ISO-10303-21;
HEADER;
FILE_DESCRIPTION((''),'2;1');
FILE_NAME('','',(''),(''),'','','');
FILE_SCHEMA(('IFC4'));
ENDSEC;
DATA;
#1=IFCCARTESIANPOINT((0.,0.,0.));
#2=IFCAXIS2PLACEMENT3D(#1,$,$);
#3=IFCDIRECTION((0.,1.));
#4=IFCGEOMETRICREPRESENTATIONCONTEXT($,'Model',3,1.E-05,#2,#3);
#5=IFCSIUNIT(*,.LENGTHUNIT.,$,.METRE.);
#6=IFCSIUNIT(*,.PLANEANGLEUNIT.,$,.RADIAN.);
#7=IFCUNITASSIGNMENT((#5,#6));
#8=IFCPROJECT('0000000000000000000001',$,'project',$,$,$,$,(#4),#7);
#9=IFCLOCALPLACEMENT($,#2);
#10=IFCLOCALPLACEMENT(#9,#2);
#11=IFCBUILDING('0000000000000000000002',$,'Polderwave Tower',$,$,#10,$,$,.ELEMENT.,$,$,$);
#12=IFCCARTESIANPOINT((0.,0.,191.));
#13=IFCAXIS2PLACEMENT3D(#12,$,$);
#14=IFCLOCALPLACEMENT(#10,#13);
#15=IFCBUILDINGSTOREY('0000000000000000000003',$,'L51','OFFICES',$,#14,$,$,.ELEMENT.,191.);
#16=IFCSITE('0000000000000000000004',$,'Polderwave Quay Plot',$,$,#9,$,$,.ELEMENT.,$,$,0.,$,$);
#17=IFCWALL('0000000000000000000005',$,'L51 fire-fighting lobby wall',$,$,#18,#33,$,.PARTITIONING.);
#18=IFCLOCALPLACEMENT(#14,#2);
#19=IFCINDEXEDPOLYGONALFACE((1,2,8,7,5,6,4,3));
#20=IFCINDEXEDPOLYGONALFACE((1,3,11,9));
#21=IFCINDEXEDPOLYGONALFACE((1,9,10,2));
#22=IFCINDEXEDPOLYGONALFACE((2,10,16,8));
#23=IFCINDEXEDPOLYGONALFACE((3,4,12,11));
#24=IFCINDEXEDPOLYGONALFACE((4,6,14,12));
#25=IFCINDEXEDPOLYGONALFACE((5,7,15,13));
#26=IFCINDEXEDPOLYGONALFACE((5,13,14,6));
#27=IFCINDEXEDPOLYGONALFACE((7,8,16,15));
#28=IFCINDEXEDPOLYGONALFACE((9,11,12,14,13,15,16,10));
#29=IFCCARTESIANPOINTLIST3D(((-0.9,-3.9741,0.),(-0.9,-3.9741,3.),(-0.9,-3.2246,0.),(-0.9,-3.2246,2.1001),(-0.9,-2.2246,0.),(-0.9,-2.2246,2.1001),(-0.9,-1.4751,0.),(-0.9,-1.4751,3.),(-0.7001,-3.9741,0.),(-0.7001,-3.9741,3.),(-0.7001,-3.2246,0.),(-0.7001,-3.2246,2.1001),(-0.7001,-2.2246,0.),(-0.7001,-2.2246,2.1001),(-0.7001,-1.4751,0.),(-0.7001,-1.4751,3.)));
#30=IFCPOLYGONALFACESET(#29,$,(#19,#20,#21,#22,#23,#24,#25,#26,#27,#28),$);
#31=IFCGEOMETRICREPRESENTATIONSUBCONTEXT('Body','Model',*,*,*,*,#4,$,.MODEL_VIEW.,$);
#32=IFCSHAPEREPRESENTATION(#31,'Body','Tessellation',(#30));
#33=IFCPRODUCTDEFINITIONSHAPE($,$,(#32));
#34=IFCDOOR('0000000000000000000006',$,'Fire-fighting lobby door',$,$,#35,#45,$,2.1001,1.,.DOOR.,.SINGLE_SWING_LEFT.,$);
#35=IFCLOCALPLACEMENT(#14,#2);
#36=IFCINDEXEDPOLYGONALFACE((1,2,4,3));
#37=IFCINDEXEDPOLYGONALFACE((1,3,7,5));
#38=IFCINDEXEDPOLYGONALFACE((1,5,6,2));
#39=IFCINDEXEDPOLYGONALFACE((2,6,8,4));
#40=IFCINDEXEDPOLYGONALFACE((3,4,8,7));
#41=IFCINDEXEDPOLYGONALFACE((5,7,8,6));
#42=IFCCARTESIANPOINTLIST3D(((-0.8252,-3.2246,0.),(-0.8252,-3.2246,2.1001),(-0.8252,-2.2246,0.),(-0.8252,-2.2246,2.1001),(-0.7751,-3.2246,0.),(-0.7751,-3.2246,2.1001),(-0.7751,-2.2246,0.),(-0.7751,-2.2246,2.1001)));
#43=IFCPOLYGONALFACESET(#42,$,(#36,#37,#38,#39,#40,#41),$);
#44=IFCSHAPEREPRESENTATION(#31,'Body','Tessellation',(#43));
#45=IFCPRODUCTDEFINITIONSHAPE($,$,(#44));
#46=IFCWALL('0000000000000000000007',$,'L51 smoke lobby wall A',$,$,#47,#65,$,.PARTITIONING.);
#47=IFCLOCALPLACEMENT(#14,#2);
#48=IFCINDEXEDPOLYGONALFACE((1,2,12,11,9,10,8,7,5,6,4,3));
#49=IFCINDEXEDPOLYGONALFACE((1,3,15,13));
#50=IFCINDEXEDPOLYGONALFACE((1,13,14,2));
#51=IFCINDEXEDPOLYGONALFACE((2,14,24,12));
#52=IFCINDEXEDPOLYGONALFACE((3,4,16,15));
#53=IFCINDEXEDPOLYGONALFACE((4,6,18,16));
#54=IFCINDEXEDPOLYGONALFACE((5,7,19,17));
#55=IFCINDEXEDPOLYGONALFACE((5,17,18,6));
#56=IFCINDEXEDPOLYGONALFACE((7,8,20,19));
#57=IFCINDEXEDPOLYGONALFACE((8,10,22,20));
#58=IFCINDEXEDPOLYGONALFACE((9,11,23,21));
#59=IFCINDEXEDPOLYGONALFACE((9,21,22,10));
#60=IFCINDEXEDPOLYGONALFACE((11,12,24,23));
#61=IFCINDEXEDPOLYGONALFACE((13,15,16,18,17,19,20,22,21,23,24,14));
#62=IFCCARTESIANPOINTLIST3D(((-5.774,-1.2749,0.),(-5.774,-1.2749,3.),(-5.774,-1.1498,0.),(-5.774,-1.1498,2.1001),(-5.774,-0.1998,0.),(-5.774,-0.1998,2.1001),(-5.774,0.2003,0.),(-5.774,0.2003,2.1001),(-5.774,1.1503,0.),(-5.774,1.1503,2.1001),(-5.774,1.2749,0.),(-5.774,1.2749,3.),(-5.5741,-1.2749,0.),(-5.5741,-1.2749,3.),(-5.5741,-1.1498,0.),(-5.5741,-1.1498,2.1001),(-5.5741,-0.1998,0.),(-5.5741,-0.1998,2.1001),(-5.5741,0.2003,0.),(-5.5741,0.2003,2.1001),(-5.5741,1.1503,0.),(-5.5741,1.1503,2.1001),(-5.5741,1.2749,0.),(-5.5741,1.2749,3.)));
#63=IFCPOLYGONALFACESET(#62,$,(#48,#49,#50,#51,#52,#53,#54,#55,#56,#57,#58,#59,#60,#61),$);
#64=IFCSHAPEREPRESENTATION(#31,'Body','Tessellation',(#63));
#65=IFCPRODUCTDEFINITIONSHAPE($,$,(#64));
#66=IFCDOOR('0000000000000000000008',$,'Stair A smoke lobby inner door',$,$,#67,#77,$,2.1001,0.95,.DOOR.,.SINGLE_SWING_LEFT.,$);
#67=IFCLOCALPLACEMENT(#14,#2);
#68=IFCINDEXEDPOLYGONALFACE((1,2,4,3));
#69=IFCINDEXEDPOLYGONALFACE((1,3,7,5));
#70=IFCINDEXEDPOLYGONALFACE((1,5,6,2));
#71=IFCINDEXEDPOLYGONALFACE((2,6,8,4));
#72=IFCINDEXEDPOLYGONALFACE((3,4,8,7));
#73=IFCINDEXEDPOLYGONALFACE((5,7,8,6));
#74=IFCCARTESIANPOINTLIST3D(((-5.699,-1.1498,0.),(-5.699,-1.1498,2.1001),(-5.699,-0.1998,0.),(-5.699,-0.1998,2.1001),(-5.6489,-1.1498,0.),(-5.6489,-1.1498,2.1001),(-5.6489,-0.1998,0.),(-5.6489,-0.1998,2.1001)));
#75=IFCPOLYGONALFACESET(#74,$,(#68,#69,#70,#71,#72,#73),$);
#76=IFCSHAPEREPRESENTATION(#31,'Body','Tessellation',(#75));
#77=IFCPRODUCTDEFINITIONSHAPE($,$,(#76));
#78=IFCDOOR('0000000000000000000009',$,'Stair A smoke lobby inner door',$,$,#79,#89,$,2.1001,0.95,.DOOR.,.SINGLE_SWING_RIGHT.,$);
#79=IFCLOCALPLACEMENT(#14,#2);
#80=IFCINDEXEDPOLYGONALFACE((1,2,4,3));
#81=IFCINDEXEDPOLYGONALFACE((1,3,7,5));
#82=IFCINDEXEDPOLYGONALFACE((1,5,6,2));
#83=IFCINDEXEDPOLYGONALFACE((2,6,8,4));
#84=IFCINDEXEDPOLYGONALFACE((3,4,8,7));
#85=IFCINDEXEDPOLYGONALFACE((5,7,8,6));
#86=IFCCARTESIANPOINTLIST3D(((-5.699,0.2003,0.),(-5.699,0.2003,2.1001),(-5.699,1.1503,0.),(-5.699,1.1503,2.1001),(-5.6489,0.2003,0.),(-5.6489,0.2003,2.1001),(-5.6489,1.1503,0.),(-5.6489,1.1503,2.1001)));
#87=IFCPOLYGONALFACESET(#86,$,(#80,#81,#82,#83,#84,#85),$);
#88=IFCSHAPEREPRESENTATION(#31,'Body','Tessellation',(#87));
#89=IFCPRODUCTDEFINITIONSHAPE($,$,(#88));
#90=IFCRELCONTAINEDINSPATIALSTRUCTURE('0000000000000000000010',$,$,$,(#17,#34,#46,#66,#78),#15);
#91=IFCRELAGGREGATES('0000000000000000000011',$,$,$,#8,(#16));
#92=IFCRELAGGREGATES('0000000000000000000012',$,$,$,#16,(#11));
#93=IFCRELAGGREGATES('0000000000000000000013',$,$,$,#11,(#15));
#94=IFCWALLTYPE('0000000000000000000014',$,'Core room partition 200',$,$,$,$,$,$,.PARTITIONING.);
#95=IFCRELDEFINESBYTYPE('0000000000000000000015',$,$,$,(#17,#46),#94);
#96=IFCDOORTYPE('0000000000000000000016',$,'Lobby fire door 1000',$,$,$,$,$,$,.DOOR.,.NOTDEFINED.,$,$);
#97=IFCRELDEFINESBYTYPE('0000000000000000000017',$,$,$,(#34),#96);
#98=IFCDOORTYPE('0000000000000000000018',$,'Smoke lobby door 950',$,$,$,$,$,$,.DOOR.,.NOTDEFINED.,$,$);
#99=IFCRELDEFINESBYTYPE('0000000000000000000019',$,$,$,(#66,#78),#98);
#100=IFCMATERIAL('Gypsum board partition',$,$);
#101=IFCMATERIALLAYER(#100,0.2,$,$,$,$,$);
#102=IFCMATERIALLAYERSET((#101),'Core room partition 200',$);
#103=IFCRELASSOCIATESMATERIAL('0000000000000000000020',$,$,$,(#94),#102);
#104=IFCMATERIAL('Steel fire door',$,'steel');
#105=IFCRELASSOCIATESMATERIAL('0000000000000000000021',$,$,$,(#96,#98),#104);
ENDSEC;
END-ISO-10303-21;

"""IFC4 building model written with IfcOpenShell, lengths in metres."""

from ifc_helpers import new_model, si_unit, direction, frame, frame_2d, origin, place, context, subcontext, project, spatial, rectangle, extrude, material, layer, layer_set, type_object, element, fill, save


model = new_model("IFC4")

# Units and contexts
model_context = context("Model", 3, precision=1e-05, world=origin(), true_north=direction((0.0, 1.0)))
body_context = subcontext(model_context, "Body", "Model", "MODEL_VIEW")
ifc_project = project(units=[si_unit("LENGTHUNIT", "METRE"), si_unit("PLANEANGLEUNIT", "RADIAN")], contexts=[model_context])

# Site, building, storey
site_placement = place(None, origin())
site = spatial("IfcSite", under=ifc_project, at=site_placement, Name="Polderwave Quay Plot", CompositionType="ELEMENT", RefElevation=0.0)
building_placement = place(site_placement, origin())
building = spatial("IfcBuilding", under=site, at=building_placement, Name="Polderwave Tower", CompositionType="ELEMENT")
storey_placement = place(building_placement, frame((0.0, 0.0, 191.0)))
storey = spatial("IfcBuildingStorey", under=building, at=storey_placement, Name="L51", Description="OFFICES", CompositionType="ELEMENT", Elevation=191.0)

# Wall, opening, door
ifc_material_1 = material(Name="Gypsum board partition")
ifc_layer_1 = layer(ifc_material_1, 0.2)
ifc_layer_set_1 = layer_set([ifc_layer_1], Name="Core room partition 200")
wall_type_1 = type_object("IfcWallType", Name="Core room partition 200", PredefinedType="PARTITIONING", material=ifc_layer_set_1)
wall_1_placement = place(storey_placement, frame((-0.8, -3.9741, 0.0), z_axis=(0.0, 0.0, 1.0), x_axis=(0.0, 1.0, 0.0)))
wall_1 = element("IfcWall", 1, at=wall_1_placement, inside=storey, type_object=wall_type_1, Name="L51 fire-fighting lobby wall", PredefinedType="PARTITIONING", context=body_context, shape_type="SweptSolid", body=[
    extrude(rectangle(XDim=2.499, YDim=0.2, at=frame_2d((1.2495, 0.0))), origin(), (0.0, 0.0, 1.0), 3.0),
])
opening_1_placement = place(wall_1_placement, frame((0.7495, 0.0, 0.0)))
opening_1 = element("IfcOpeningElement", 2, at=opening_1_placement, cuts=wall_1, PredefinedType="OPENING", context=body_context, shape_type="SweptSolid", body=[
    extrude(rectangle(XDim=1.0, YDim=2.1001, at=frame_2d((0.5, 1.05))), frame((0.0, 0.1099, 0.0), z_axis=(0.0, -1.0, 0.0), x_axis=(1.0, 0.0, 0.0)), (0.0, 0.0, 1.0), 0.22),
])
ifc_material_2 = material(Name="Steel fire door", Category="steel")
door_type_1 = type_object("IfcDoorType", Name="Lobby fire door 1000", OperationType="NOTDEFINED", PredefinedType="DOOR", material=ifc_material_2)
door_1_placement = place(opening_1_placement, frame((1.0, 0.0, 0.0), z_axis=(0.0, 0.0, 1.0), x_axis=(-1.0, 0.0, 0.0)))
door_1 = element("IfcDoor", 3, at=door_1_placement, inside=storey, type_object=door_type_1, Name="Fire-fighting lobby door", OperationType="SINGLE_SWING_LEFT", OverallHeight=2.1001, OverallWidth=1.0, PredefinedType="DOOR", context=body_context, shape_type="SweptSolid", body=[
    extrude(rectangle(XDim=1.0, YDim=2.1001, at=frame_2d((0.5, 1.05))), frame((0.0, 0.0249, 0.0), z_axis=(0.0, -1.0, 0.0), x_axis=(1.0, 0.0, 0.0)), (0.0, 0.0, 1.0), 0.05),
])
fill(opening_1, door_1)

# Wall, openings, doors
wall_2_placement = place(storey_placement, frame((-5.6741, -1.2749, 0.0), z_axis=(0.0, 0.0, 1.0), x_axis=(0.0, 1.0, 0.0)))
wall_2 = element("IfcWall", 4, at=wall_2_placement, inside=storey, type_object=wall_type_1, Name="L51 smoke lobby wall A", PredefinedType="PARTITIONING", context=body_context, shape_type="SweptSolid", body=[
    extrude(rectangle(XDim=2.5498, YDim=0.2, at=frame_2d((1.2749, 0.0))), origin(), (0.0, 0.0, 1.0), 3.0),
])
opening_2_placement = place(wall_2_placement, frame((0.125, 0.0, 0.0)))
opening_2 = element("IfcOpeningElement", 5, at=opening_2_placement, cuts=wall_2, PredefinedType="OPENING", context=body_context, shape_type="SweptSolid", body=[
    extrude(rectangle(XDim=0.95, YDim=2.1001, at=frame_2d((0.4751, 1.05))), frame((0.0, 0.1099, 0.0), z_axis=(0.0, -1.0, 0.0), x_axis=(1.0, 0.0, 0.0)), (0.0, 0.0, 1.0), 0.22),
])
opening_3_placement = place(wall_2_placement, frame((1.4751, 0.0, 0.0)))
opening_3 = element("IfcOpeningElement", 6, at=opening_3_placement, cuts=wall_2, PredefinedType="OPENING", context=body_context, shape_type="SweptSolid", body=[
    extrude(rectangle(XDim=0.95, YDim=2.1001, at=frame_2d((0.4751, 1.05))), frame((0.0, 0.1099, 0.0), z_axis=(0.0, -1.0, 0.0), x_axis=(1.0, 0.0, 0.0)), (0.0, 0.0, 1.0), 0.22),
])
door_type_2 = type_object("IfcDoorType", Name="Smoke lobby door 950", OperationType="NOTDEFINED", PredefinedType="DOOR", material=ifc_material_2)
door_2_placement = place(opening_2_placement, origin())
door_2 = element("IfcDoor", 7, at=door_2_placement, inside=storey, type_object=door_type_2, Name="Stair A smoke lobby inner door", OperationType="SINGLE_SWING_LEFT", OverallHeight=2.1001, OverallWidth=0.95, PredefinedType="DOOR", context=body_context, shape_type="SweptSolid", body=[
    extrude(rectangle(XDim=0.95, YDim=2.1001, at=frame_2d((0.4751, 1.05))), frame((0.0, 0.0249, 0.0), z_axis=(0.0, -1.0, 0.0), x_axis=(1.0, 0.0, 0.0)), (0.0, 0.0, 1.0), 0.05),
])
fill(opening_2, door_2)
door_3_placement = place(opening_3_placement, origin())
door_3 = element("IfcDoor", 8, at=door_3_placement, inside=storey, type_object=door_type_2, Name="Stair A smoke lobby inner door", OperationType="SINGLE_SWING_RIGHT", OverallHeight=2.1001, OverallWidth=0.95, PredefinedType="DOOR", context=body_context, shape_type="SweptSolid", body=[
    extrude(rectangle(XDim=0.95, YDim=2.1001, at=frame_2d((0.4751, 1.05))), frame((0.0, 0.0249, 0.0), z_axis=(0.0, -1.0, 0.0), x_axis=(1.0, 0.0, 0.0)), (0.0, 0.0, 1.0), 0.05),
])
fill(opening_3, door_3)

save(model, "model.ifc")
